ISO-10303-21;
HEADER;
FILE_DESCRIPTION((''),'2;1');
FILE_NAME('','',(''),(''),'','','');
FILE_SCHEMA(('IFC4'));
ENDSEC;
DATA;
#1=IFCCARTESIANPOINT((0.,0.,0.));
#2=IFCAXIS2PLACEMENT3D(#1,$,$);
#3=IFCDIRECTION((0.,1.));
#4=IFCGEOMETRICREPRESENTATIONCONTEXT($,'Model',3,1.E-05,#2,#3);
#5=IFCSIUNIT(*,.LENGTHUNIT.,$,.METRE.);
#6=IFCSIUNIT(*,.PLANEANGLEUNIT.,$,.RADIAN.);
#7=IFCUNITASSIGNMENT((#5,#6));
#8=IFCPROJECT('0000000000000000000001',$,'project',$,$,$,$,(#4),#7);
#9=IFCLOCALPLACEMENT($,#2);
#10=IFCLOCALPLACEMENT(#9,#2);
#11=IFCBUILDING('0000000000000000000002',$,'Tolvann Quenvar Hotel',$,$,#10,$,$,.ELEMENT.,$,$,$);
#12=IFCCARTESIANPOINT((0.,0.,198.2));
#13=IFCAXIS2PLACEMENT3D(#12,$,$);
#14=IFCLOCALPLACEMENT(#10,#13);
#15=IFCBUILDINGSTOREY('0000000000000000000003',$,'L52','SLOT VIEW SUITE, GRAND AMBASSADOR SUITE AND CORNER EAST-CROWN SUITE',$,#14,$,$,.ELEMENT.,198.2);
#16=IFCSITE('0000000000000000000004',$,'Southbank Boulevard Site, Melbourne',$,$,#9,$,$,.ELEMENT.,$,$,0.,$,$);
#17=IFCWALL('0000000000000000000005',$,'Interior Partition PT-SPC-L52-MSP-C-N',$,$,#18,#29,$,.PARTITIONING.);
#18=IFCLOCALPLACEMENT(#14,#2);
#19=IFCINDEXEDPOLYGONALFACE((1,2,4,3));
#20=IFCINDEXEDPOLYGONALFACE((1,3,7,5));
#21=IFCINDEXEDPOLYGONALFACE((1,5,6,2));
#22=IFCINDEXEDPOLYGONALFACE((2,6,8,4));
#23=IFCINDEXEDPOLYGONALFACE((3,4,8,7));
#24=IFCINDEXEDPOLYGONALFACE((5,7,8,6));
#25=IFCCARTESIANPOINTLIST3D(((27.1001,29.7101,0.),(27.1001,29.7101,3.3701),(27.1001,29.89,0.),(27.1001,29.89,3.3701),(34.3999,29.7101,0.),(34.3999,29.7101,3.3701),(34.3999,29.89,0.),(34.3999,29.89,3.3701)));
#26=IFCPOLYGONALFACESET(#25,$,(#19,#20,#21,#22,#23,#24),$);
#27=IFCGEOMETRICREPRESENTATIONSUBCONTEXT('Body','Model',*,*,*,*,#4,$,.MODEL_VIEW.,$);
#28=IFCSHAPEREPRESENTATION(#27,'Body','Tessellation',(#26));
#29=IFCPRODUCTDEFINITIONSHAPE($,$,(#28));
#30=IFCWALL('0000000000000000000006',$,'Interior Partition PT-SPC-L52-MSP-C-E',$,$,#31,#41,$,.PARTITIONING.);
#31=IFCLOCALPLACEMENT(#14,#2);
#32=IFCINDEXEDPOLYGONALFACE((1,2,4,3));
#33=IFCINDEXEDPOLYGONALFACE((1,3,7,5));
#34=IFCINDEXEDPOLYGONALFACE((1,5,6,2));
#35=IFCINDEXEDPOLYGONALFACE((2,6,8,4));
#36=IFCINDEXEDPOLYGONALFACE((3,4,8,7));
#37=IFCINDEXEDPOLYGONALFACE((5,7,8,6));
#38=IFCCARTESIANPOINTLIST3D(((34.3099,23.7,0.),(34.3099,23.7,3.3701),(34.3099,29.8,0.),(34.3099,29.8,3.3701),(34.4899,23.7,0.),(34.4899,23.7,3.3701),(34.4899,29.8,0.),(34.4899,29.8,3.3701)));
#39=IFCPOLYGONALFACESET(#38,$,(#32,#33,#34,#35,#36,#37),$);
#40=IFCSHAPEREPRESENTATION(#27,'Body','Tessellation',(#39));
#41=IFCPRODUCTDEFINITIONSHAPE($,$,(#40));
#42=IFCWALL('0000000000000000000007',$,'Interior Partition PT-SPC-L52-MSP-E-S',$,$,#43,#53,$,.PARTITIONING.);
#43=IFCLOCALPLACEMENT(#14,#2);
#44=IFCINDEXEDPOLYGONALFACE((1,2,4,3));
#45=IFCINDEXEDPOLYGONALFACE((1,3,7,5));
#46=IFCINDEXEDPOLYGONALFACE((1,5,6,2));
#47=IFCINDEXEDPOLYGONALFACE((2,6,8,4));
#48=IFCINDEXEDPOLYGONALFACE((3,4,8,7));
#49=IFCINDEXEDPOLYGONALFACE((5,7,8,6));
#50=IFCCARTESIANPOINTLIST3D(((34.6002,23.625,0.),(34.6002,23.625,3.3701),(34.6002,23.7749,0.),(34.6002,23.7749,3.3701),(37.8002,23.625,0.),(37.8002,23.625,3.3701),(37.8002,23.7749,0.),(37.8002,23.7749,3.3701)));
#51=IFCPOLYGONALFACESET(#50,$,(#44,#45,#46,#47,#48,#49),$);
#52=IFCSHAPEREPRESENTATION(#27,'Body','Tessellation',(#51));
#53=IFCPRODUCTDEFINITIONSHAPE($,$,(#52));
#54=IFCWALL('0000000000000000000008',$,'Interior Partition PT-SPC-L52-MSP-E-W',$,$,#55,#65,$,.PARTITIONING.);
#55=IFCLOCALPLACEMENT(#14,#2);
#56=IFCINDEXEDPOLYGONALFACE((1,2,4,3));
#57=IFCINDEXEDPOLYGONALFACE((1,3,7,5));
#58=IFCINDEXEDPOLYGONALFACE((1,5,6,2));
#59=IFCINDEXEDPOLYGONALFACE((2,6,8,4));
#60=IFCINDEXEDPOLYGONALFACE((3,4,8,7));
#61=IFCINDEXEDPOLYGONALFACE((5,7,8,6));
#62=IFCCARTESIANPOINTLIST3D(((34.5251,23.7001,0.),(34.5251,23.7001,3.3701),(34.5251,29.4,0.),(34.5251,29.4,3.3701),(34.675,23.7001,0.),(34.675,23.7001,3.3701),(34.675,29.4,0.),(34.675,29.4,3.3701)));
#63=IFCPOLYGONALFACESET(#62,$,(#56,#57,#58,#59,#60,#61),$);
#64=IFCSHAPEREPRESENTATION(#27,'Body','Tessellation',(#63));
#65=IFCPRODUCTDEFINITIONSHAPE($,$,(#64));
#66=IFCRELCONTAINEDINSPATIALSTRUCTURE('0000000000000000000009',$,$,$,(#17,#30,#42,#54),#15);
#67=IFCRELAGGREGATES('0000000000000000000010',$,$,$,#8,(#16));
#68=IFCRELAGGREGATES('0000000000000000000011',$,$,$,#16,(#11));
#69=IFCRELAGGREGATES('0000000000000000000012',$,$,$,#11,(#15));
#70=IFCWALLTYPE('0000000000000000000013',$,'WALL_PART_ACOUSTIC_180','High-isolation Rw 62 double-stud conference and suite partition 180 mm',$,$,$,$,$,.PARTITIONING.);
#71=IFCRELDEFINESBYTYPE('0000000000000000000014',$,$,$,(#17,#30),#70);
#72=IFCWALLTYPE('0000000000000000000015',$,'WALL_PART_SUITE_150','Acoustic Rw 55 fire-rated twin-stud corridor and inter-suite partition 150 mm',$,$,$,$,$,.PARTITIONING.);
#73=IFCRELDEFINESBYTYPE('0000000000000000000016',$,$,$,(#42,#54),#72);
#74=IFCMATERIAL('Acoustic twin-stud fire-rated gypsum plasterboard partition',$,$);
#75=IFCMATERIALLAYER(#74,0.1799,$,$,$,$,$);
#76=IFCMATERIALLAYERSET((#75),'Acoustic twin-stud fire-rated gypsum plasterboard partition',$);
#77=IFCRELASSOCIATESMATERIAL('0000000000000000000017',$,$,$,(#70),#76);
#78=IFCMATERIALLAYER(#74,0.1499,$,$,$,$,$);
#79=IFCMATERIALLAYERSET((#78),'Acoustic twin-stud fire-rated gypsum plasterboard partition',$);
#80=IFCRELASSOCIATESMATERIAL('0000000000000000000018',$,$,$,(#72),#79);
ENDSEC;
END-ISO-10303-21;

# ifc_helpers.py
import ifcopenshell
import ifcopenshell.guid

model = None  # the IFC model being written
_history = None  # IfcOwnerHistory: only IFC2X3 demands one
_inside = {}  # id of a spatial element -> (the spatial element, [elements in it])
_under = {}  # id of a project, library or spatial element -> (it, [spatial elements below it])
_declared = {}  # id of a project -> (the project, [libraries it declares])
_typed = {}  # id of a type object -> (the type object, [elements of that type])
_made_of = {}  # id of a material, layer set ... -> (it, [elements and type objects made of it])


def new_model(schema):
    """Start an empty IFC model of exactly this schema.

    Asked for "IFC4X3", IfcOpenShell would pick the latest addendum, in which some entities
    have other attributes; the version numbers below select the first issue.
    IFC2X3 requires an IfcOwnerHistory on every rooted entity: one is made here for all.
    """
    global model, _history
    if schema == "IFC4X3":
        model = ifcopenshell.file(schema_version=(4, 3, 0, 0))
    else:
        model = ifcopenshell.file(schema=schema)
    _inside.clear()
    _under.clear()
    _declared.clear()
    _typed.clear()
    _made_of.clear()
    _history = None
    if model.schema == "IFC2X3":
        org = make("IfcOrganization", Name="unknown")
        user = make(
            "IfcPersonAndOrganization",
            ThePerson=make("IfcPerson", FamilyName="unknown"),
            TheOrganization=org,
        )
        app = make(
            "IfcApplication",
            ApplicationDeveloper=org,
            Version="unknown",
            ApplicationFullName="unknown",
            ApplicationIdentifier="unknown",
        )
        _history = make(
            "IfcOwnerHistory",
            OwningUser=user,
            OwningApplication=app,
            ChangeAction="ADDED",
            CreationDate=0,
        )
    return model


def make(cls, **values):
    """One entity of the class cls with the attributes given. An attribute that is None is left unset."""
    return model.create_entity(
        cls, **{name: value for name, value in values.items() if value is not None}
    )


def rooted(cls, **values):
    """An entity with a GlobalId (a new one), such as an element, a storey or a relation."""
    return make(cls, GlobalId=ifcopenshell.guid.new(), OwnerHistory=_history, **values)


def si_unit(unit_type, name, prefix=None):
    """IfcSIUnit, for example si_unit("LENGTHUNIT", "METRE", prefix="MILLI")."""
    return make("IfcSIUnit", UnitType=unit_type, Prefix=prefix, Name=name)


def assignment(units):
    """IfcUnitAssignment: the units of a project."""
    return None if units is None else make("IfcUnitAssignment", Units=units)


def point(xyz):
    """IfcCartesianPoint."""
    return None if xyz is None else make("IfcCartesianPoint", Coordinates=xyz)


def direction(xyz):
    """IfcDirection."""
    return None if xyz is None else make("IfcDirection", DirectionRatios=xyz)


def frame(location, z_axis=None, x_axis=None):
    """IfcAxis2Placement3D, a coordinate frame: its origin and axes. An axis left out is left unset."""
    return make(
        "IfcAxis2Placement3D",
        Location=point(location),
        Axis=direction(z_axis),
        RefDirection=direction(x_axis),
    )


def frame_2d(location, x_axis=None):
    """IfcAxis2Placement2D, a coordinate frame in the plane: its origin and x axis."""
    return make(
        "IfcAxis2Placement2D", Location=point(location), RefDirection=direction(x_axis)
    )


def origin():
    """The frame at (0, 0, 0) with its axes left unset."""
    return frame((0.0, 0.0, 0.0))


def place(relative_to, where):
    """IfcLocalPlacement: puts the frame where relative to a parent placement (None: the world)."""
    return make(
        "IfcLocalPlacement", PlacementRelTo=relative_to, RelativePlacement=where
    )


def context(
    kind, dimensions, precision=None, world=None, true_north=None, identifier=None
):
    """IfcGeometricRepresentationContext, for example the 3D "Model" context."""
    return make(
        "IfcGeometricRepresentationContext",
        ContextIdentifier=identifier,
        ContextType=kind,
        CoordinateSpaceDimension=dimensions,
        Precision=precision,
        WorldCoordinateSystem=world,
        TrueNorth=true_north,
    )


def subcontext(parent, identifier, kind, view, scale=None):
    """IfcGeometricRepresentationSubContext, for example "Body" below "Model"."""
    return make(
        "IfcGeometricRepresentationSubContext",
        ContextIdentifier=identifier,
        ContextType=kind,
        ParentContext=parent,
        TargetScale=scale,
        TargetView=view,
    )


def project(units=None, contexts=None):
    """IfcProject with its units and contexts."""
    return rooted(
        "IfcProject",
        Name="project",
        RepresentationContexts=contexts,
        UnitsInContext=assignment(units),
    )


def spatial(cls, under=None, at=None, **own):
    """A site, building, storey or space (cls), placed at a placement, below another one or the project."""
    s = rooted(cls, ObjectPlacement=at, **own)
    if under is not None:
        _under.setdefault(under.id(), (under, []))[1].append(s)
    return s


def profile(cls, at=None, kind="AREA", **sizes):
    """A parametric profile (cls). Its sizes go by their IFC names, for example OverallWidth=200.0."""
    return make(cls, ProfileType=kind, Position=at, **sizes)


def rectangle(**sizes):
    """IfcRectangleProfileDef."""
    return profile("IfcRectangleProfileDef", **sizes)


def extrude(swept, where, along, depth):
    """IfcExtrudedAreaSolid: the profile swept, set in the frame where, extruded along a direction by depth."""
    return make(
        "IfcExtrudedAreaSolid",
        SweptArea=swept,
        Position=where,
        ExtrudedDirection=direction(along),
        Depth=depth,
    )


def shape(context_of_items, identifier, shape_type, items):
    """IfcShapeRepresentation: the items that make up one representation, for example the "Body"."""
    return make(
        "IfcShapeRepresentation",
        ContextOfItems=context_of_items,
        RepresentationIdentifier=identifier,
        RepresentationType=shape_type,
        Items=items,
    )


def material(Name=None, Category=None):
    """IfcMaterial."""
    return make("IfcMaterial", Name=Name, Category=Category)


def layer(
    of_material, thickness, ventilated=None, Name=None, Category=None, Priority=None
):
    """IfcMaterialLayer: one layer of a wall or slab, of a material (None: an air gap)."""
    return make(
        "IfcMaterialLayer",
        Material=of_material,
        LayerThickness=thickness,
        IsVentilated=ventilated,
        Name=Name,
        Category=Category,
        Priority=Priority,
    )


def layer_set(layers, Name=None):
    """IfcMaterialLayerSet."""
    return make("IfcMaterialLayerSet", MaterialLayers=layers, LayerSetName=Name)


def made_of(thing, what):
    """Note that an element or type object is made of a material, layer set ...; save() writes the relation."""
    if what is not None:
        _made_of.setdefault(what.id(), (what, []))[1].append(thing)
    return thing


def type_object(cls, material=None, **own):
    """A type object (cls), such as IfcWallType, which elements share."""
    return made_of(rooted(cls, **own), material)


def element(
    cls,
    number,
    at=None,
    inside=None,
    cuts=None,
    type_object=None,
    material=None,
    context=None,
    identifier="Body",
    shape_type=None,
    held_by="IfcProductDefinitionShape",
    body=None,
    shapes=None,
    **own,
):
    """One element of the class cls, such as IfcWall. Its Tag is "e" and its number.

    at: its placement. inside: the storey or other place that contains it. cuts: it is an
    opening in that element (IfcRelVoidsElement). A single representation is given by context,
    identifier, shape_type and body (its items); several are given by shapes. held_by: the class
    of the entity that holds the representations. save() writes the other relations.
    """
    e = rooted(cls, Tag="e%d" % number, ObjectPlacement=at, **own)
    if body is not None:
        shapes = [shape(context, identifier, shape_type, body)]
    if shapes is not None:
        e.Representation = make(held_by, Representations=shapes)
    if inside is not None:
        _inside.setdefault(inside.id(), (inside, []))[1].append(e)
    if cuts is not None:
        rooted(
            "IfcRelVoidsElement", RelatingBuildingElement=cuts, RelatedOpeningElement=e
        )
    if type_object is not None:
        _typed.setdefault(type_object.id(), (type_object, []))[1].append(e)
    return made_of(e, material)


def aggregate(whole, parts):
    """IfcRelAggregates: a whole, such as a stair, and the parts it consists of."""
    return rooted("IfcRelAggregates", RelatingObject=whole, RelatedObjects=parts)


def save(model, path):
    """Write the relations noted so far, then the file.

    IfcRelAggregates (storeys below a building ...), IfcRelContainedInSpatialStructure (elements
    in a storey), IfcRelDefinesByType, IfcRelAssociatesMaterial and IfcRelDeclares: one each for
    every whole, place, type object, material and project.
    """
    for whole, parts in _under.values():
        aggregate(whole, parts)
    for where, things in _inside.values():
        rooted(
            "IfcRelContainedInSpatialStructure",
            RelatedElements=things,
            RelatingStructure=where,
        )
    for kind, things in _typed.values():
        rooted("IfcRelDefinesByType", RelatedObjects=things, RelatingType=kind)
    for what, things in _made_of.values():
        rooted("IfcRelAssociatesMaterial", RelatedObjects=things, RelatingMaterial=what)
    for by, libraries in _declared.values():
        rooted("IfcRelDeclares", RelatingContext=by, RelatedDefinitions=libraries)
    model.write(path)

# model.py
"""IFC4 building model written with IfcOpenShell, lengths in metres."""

from ifc_helpers import new_model, si_unit, direction, frame, frame_2d, origin, place, context, subcontext, project, spatial, rectangle, extrude, material, layer, layer_set, type_object, element, save


model = new_model("IFC4")

# Units and contexts
model_context = context("Model", 3, precision=1e-05, world=origin(), true_north=direction((0.0, 1.0)))
body_context = subcontext(model_context, "Body", "Model", "MODEL_VIEW")
ifc_project = project(units=[si_unit("LENGTHUNIT", "METRE"), si_unit("PLANEANGLEUNIT", "RADIAN")], contexts=[model_context])

# Site, building, storey
site_placement = place(None, origin())
site = spatial("IfcSite", under=ifc_project, at=site_placement, Name="Southbank Boulevard Site, Melbourne", CompositionType="ELEMENT", RefElevation=0.0)
building_placement = place(site_placement, origin())
building = spatial("IfcBuilding", under=site, at=building_placement, Name="Tolvann Quenvar Hotel", CompositionType="ELEMENT")
storey_placement = place(building_placement, frame((0.0, 0.0, 198.2)))
storey = spatial("IfcBuildingStorey", under=building, at=storey_placement, Name="L52", Description="SLOT VIEW SUITE, GRAND AMBASSADOR SUITE AND CORNER EAST-CROWN SUITE", CompositionType="ELEMENT", Elevation=198.2)

# Walls
ifc_material_1 = material(Name="Acoustic twin-stud fire-rated gypsum plasterboard partition")
ifc_layer_1 = layer(ifc_material_1, 0.1799)
ifc_layer_set_1 = layer_set([ifc_layer_1], Name="Acoustic twin-stud fire-rated gypsum plasterboard partition")
wall_type_1 = type_object("IfcWallType", Name="WALL_PART_ACOUSTIC_180", Description="High-isolation Rw 62 double-stud conference and suite partition 180 mm", PredefinedType="PARTITIONING", material=ifc_layer_set_1)
wall_1_placement = place(storey_placement, frame((27.1001, 29.8, 0.0), z_axis=(0.0, 0.0, 1.0), x_axis=(1.0, 0.0, 0.0)))
element("IfcWall", 1, at=wall_1_placement, inside=storey, type_object=wall_type_1, Name="Interior Partition PT-SPC-L52-MSP-C-N", PredefinedType="PARTITIONING", context=body_context, shape_type="SweptSolid", body=[
    extrude(rectangle(XDim=7.2998, YDim=0.1799, at=frame_2d((3.6499, 0.0))), origin(), (0.0, 0.0, 1.0), 3.3701),
])
wall_2_placement = place(storey_placement, frame((34.3999, 23.7, 0.0), z_axis=(0.0, 0.0, 1.0), x_axis=(0.0, 1.0, 0.0)))
element("IfcWall", 2, at=wall_2_placement, inside=storey, type_object=wall_type_1, Name="Interior Partition PT-SPC-L52-MSP-C-E", PredefinedType="PARTITIONING", context=body_context, shape_type="SweptSolid", body=[
    extrude(rectangle(XDim=6.1001, YDim=0.1799, at=frame_2d((3.05, 0.0))), origin(), (0.0, 0.0, 1.0), 3.3701),
])
ifc_layer_2 = layer(ifc_material_1, 0.1499)
ifc_layer_set_2 = layer_set([ifc_layer_2], Name="Acoustic twin-stud fire-rated gypsum plasterboard partition")
wall_type_2 = type_object("IfcWallType", Name="WALL_PART_SUITE_150", Description="Acoustic Rw 55 fire-rated twin-stud corridor and inter-suite partition 150 mm", PredefinedType="PARTITIONING", material=ifc_layer_set_2)
wall_3_placement = place(storey_placement, frame((34.6001, 23.7, 0.0), z_axis=(0.0, 0.0, 1.0), x_axis=(1.0, 0.0, 0.0)))
element("IfcWall", 3, at=wall_3_placement, inside=storey, type_object=wall_type_2, Name="Interior Partition PT-SPC-L52-MSP-E-S", PredefinedType="PARTITIONING", context=body_context, shape_type="SweptSolid", body=[
    extrude(rectangle(XDim=3.2, YDim=0.1499, at=frame_2d((1.6001, 0.0))), origin(), (0.0, 0.0, 1.0), 3.3701),
])

# Wall
wall_4_placement = place(storey_placement, frame((34.6001, 23.7, 0.0), z_axis=(0.0, 0.0, 1.0), x_axis=(0.0, 1.0, 0.0)))
element("IfcWall", 4, at=wall_4_placement, inside=storey, type_object=wall_type_2, Name="Interior Partition PT-SPC-L52-MSP-E-W", PredefinedType="PARTITIONING", context=body_context, shape_type="SweptSolid", body=[
    extrude(rectangle(XDim=5.7, YDim=0.1499, at=frame_2d((2.8501, 0.0))), origin(), (0.0, 0.0, 1.0), 3.3701),
])

save(model, "model.ifc")
